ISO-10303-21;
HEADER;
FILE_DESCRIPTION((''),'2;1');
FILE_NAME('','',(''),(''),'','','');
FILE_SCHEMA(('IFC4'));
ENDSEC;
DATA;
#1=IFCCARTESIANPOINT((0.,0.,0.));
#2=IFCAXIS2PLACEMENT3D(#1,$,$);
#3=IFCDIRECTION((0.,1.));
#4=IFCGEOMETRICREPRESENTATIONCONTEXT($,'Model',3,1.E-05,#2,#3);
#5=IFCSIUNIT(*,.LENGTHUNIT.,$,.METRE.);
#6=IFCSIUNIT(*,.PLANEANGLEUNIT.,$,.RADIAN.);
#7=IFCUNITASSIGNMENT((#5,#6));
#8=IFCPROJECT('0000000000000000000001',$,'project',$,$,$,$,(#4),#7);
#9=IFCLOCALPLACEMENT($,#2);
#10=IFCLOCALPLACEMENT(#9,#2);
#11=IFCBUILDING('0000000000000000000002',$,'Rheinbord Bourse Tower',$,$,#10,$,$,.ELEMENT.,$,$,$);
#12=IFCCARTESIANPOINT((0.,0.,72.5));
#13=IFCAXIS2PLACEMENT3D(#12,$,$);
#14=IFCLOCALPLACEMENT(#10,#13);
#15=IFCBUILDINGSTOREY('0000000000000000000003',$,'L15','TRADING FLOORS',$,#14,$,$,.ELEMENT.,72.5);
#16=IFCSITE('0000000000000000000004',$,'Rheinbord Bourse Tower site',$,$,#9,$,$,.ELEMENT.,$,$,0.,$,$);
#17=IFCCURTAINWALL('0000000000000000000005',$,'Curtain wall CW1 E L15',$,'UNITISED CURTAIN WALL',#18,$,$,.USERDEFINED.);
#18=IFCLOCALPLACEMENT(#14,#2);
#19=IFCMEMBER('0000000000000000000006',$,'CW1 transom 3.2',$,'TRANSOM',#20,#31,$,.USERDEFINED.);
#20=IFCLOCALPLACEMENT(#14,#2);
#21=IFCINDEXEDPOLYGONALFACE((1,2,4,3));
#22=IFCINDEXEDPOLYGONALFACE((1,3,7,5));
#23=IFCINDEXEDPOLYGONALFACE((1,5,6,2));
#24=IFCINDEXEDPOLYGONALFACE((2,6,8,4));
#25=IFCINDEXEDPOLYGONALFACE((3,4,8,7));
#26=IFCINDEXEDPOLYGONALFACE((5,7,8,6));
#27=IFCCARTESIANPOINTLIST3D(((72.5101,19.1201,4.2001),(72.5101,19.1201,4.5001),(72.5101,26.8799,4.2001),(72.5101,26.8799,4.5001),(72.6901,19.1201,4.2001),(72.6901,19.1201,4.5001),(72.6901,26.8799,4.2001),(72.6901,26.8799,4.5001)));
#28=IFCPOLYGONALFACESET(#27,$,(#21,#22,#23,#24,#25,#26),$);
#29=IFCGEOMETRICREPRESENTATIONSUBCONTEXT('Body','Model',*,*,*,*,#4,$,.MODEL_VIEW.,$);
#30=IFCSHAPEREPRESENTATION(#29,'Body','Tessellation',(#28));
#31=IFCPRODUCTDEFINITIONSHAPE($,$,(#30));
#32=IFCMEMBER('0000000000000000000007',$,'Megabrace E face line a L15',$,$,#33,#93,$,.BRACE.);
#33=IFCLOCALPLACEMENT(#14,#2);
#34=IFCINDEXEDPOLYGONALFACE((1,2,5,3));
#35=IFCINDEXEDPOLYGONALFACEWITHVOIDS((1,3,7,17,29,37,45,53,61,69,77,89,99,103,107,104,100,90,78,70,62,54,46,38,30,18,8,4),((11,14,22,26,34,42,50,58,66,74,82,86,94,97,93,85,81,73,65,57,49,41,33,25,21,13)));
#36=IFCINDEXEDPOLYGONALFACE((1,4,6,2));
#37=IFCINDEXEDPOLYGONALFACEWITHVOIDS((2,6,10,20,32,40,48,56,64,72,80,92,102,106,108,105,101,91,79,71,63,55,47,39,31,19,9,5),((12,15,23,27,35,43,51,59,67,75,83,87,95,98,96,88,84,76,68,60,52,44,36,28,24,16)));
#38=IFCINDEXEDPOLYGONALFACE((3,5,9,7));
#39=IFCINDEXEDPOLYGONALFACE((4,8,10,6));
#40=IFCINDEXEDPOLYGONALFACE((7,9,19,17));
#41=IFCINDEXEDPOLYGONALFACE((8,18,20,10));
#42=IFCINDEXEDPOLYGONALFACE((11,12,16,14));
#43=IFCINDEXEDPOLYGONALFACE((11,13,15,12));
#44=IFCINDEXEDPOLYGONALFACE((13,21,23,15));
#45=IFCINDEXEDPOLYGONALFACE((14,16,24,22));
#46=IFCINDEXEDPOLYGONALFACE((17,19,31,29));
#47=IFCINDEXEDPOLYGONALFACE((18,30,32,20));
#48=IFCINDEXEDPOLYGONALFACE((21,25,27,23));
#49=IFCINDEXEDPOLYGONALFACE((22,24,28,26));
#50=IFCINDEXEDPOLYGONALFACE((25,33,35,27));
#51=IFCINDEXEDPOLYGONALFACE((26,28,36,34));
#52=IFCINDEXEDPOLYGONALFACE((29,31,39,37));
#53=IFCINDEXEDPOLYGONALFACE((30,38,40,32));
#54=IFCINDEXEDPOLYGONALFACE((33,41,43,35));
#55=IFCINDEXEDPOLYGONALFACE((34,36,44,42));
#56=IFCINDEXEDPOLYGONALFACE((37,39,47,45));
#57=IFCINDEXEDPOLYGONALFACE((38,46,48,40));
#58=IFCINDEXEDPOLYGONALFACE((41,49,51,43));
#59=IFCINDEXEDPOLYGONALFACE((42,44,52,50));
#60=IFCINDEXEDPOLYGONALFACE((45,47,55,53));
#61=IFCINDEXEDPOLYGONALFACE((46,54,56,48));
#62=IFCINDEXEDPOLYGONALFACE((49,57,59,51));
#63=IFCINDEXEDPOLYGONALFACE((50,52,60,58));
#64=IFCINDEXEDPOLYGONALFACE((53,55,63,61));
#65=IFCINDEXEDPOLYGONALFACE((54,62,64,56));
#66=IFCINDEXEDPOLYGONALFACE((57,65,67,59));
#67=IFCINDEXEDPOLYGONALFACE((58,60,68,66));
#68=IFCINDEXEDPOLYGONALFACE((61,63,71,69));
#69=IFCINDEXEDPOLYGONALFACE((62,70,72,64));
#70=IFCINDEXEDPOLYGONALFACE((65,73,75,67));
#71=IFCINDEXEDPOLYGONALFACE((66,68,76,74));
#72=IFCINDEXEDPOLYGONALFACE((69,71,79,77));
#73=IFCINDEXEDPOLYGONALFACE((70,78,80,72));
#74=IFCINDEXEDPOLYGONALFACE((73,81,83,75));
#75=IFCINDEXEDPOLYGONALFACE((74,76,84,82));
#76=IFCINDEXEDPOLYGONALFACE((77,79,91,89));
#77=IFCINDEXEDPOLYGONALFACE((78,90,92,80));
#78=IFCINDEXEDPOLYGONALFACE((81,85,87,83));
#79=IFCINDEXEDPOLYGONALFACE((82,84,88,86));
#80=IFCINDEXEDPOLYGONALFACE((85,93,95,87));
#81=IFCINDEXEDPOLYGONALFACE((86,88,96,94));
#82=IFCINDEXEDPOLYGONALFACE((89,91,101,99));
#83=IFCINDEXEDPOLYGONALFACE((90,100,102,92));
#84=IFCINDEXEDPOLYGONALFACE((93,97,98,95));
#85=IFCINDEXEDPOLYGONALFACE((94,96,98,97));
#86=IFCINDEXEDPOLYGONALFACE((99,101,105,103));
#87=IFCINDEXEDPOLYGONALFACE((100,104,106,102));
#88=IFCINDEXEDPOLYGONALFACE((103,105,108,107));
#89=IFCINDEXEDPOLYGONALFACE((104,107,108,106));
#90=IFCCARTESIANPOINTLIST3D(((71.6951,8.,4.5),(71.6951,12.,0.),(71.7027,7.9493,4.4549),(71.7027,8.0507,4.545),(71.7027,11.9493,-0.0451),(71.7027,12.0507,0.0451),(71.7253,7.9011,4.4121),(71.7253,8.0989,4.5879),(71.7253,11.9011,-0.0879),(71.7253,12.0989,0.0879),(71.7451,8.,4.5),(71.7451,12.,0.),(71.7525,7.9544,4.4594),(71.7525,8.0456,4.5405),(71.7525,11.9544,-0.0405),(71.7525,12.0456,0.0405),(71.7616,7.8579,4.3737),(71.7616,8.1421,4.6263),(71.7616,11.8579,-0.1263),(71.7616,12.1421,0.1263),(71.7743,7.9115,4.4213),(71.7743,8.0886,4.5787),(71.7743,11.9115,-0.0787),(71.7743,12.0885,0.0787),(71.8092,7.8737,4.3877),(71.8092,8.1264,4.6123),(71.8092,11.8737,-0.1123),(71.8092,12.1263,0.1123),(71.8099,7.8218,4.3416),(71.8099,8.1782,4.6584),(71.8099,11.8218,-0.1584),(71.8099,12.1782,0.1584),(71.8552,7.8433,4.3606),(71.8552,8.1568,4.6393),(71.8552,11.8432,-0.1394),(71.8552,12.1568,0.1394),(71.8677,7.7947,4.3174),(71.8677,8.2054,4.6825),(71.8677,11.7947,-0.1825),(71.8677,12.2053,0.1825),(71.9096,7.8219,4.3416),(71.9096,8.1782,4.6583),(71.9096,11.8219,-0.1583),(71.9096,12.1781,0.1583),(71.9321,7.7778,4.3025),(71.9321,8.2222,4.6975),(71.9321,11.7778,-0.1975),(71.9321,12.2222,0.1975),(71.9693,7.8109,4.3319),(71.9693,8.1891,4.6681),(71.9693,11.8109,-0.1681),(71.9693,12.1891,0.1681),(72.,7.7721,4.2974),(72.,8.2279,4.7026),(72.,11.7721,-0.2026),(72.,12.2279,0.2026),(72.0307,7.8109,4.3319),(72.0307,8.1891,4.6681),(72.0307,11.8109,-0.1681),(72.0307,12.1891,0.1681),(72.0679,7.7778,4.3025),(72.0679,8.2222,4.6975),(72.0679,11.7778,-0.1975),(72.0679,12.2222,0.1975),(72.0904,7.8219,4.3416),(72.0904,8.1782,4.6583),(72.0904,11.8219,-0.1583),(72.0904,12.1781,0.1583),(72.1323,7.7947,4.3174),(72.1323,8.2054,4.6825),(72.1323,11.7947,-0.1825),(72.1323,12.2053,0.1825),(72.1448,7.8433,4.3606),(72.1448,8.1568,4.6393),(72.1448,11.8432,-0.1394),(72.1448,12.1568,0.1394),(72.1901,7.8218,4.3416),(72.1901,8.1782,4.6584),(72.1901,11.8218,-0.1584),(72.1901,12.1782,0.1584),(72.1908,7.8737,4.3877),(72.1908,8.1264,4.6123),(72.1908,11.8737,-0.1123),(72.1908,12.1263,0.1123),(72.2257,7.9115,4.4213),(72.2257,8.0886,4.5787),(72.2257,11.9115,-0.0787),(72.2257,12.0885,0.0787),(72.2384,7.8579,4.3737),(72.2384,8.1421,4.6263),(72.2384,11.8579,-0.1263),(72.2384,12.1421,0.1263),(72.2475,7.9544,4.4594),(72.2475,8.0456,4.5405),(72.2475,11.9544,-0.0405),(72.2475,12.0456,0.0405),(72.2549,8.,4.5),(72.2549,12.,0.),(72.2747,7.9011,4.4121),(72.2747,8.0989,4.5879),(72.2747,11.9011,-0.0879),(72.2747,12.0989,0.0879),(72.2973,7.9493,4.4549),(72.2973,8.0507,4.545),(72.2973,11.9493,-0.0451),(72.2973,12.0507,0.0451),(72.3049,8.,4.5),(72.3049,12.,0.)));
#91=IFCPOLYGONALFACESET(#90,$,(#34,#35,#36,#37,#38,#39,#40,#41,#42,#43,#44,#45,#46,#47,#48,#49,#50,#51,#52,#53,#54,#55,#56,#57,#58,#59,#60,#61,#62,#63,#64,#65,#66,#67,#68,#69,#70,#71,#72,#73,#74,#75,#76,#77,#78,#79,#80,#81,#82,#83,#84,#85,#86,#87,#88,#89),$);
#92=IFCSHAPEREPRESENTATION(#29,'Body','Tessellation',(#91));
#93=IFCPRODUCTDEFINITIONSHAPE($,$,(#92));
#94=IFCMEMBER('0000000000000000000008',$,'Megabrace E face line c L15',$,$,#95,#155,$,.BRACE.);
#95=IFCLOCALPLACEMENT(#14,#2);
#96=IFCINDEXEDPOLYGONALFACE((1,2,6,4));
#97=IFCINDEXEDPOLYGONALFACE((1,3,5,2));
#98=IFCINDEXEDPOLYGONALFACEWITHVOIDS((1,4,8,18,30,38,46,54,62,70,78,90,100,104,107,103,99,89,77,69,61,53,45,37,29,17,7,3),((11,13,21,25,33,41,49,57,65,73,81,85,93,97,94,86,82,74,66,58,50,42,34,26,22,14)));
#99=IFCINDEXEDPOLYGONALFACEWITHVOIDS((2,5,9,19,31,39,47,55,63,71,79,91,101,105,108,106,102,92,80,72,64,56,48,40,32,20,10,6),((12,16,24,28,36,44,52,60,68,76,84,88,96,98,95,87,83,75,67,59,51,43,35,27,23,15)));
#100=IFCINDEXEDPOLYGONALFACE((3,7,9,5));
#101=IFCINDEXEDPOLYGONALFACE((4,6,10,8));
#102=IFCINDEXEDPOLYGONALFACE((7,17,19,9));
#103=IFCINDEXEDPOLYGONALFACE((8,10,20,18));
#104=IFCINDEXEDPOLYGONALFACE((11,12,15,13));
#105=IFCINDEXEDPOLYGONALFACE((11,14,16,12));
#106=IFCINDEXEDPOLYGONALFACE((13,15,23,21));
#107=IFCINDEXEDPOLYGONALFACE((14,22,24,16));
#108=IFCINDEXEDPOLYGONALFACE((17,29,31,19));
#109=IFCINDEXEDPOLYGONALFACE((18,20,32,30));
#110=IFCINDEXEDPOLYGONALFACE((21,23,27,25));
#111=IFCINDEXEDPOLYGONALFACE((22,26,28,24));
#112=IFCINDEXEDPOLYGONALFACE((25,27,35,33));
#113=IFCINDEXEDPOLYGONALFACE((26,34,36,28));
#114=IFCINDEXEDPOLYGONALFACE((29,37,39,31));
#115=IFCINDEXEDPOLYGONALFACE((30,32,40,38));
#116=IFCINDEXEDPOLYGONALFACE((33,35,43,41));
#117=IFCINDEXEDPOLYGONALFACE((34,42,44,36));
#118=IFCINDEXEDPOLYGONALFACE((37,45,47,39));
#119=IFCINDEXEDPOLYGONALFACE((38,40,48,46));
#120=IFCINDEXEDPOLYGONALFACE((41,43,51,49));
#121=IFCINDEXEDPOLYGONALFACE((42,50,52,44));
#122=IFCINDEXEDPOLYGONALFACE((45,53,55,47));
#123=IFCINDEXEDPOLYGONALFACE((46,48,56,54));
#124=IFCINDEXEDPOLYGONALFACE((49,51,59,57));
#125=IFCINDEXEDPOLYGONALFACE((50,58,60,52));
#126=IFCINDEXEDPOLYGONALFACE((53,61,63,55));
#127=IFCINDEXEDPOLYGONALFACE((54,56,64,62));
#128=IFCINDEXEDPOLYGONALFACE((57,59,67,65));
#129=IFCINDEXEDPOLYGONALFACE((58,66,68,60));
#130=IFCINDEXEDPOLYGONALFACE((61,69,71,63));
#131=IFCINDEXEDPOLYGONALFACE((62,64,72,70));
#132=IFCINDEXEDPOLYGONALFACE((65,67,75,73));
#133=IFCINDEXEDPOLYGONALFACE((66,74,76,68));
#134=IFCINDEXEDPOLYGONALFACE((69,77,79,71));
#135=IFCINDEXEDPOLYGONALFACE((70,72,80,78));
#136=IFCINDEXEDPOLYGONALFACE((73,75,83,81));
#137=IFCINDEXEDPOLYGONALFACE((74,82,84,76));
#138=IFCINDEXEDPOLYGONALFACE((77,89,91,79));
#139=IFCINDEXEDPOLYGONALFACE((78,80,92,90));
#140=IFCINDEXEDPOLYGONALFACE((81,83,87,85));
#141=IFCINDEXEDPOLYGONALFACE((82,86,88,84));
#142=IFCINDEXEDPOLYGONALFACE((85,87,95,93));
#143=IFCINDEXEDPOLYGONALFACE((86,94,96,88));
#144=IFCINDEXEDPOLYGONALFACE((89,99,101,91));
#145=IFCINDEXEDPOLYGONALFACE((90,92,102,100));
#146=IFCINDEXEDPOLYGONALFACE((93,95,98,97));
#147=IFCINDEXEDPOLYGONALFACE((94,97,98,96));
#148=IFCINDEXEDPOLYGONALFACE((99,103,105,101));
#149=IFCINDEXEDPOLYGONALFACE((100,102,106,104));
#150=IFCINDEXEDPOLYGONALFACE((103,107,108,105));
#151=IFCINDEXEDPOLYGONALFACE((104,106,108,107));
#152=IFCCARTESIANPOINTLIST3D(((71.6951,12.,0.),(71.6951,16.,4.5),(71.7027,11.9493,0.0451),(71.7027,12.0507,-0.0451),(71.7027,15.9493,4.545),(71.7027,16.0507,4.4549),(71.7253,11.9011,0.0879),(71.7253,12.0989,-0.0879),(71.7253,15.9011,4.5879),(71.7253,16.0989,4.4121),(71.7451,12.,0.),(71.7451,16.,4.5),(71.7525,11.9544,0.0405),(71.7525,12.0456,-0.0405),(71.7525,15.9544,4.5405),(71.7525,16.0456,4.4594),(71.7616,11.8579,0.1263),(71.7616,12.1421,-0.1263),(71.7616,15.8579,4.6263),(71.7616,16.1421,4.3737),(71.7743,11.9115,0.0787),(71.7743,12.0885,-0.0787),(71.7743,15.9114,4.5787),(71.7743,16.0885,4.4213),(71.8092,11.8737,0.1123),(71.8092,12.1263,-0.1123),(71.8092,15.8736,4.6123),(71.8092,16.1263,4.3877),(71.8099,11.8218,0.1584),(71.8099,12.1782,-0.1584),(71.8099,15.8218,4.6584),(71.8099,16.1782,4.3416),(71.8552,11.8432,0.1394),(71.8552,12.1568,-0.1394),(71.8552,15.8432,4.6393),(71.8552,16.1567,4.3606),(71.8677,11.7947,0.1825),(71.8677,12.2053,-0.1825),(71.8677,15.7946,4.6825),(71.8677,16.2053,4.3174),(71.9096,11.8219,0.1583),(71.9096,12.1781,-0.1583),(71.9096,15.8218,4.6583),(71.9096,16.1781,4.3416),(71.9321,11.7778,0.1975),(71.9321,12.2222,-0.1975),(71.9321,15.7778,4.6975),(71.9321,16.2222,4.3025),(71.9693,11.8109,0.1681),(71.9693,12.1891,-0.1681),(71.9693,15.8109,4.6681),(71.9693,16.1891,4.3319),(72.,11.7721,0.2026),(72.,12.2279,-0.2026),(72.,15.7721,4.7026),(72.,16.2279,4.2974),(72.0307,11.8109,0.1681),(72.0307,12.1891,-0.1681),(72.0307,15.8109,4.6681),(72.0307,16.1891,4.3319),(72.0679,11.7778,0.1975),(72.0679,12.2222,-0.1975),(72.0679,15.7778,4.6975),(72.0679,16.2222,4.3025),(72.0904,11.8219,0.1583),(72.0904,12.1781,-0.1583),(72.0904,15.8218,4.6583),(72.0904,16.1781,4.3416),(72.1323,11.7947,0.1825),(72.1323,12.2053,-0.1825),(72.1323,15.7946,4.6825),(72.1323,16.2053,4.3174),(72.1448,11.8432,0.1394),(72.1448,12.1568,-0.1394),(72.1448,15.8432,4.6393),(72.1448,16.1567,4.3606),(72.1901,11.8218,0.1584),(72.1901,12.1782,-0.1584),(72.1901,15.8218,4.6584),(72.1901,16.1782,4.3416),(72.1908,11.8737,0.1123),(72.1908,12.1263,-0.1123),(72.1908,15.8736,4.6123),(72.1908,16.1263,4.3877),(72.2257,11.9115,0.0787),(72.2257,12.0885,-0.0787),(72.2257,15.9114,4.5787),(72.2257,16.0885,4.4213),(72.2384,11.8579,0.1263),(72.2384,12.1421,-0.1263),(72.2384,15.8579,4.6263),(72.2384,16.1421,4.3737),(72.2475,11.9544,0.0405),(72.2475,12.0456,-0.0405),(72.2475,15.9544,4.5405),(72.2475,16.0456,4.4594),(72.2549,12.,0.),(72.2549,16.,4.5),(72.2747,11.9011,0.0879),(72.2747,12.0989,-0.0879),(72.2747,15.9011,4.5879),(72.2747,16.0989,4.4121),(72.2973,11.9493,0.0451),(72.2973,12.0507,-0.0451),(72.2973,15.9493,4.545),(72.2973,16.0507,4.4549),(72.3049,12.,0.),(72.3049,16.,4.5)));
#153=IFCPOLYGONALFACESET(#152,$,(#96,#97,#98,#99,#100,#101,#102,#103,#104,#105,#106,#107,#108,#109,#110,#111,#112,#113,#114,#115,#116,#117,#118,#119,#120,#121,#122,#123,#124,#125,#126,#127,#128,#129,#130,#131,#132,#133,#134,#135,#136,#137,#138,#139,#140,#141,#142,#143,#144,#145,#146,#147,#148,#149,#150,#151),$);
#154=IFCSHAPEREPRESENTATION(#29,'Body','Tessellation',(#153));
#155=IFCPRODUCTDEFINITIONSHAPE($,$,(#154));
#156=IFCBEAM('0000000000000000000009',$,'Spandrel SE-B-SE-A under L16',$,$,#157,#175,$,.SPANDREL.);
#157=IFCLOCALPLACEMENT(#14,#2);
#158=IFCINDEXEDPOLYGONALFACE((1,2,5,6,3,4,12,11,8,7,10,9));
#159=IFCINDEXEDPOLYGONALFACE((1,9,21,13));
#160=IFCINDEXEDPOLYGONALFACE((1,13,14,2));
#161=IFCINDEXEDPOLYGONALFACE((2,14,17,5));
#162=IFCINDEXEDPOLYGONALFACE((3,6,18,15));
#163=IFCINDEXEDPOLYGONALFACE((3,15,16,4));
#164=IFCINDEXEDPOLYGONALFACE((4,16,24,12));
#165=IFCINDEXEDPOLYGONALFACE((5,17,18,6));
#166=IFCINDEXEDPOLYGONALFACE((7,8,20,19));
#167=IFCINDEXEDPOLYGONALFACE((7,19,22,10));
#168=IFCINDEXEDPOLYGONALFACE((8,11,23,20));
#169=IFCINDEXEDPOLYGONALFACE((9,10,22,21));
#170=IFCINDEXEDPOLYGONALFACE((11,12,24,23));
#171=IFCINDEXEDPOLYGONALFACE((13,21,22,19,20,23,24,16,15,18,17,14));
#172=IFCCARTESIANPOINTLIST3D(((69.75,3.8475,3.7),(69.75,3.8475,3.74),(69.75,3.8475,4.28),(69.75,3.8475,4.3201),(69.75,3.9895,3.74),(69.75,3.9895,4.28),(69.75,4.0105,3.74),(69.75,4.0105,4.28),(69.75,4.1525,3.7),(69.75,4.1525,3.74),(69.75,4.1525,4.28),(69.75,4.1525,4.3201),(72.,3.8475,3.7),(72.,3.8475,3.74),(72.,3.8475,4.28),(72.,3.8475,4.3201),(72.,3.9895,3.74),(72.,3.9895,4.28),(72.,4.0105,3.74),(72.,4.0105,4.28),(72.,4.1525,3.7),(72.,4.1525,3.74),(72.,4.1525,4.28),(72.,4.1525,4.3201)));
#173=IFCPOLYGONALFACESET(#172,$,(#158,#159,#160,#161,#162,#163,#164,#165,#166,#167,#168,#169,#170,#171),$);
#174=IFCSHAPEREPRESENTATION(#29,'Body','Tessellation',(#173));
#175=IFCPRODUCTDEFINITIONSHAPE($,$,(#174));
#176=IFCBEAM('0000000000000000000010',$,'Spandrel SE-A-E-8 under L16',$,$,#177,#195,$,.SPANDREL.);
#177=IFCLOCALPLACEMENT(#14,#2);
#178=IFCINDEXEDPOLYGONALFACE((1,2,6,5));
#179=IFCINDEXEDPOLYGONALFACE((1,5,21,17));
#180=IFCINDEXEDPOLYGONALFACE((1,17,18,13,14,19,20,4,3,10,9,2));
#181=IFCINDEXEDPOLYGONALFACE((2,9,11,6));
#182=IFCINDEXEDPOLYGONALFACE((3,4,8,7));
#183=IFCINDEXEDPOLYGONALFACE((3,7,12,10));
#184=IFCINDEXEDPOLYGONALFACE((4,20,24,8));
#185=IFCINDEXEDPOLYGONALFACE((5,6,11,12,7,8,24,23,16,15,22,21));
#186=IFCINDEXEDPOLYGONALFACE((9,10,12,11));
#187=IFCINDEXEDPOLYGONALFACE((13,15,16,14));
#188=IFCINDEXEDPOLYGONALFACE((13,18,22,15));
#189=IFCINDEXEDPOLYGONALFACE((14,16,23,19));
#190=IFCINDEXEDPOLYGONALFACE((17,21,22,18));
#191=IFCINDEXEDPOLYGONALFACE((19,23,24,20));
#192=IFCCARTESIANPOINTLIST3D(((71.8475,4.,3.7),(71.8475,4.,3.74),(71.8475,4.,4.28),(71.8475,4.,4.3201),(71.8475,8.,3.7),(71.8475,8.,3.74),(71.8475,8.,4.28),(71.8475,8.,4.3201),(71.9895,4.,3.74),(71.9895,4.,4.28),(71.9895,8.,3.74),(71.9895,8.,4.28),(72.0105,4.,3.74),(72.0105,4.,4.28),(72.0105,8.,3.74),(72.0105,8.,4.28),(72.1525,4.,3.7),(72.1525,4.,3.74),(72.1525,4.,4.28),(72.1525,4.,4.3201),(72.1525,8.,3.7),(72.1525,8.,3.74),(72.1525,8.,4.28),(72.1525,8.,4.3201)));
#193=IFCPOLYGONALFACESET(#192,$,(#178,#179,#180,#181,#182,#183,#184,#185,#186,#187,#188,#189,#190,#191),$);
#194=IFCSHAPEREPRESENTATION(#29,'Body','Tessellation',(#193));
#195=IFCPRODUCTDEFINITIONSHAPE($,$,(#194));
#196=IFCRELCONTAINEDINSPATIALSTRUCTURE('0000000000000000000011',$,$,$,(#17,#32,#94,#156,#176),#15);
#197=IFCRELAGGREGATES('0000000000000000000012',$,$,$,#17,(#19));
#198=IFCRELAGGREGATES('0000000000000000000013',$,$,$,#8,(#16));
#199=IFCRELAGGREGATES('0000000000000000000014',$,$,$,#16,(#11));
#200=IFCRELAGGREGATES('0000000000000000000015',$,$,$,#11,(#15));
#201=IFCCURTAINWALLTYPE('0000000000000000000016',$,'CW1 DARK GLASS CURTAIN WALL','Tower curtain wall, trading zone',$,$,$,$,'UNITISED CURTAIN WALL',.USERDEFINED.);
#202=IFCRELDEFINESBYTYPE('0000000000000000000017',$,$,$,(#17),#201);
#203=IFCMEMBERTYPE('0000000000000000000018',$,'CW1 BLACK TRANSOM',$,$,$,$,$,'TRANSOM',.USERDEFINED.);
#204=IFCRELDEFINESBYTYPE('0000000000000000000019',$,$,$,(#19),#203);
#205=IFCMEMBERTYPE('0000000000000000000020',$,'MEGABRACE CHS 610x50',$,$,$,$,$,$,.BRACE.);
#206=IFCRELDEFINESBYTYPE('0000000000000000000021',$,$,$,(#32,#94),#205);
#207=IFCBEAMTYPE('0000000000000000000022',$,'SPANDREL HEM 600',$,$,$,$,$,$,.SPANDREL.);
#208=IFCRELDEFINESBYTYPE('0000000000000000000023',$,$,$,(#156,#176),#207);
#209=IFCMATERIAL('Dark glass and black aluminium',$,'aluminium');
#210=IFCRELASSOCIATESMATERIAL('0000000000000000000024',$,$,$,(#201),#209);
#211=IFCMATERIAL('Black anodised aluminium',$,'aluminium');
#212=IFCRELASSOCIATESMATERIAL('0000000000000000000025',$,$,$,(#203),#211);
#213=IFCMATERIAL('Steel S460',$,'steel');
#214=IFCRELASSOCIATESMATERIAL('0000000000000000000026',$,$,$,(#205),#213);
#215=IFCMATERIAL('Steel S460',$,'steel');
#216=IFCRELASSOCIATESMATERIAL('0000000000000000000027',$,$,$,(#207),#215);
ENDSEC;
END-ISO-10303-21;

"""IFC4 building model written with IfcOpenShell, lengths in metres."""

from ifc_helpers import new_model, si_unit, direction, frame, origin, origin_2d, place, context, subcontext, project, spatial, rectangle, hollow_circle, i_section, extrude, material, material_profile, profile_set, type_object, element, aggregate, save


model = new_model("IFC4")

# Units and contexts
model_context = context("Model", 3, precision=1e-05, world=origin(), true_north=direction((0.0, 1.0)))
body_context = subcontext(model_context, "Body", "Model", "MODEL_VIEW")
ifc_project = project(units=[si_unit("LENGTHUNIT", "METRE"), si_unit("PLANEANGLEUNIT", "RADIAN")], contexts=[model_context])

# Site, building, storey
site_placement = place(None, origin())
site = spatial("IfcSite", under=ifc_project, at=site_placement, Name="Rheinbord Bourse Tower site", CompositionType="ELEMENT", RefElevation=0.0)
building_placement = place(site_placement, origin())
building = spatial("IfcBuilding", under=site, at=building_placement, Name="Rheinbord Bourse Tower", CompositionType="ELEMENT")
storey_placement = place(building_placement, frame((0.0, 0.0, 72.5)))
storey = spatial("IfcBuildingStorey", under=building, at=storey_placement, Name="L15", Description="TRADING FLOORS", CompositionType="ELEMENT", Elevation=72.5)

# Curtain wall, member
ifc_material_1 = material(Name="Dark glass and black aluminium", Category="aluminium")
curtain_wall_type = type_object("IfcCurtainWallType", Name="CW1 DARK GLASS CURTAIN WALL", Description="Tower curtain wall, trading zone", ElementType="UNITISED CURTAIN WALL", PredefinedType="USERDEFINED", material=ifc_material_1)
curtain_wall_placement = place(storey_placement, origin())
curtain_wall = element("IfcCurtainWall", 1, at=curtain_wall_placement, inside=storey, type_object=curtain_wall_type, Name="Curtain wall CW1 E L15", ObjectType="UNITISED CURTAIN WALL", PredefinedType="USERDEFINED")
ifc_material_2 = material(Name="Black anodised aluminium", Category="aluminium")
ifc_material_profile_1 = material_profile(ifc_material_2, rectangle(XDim=0.1799, YDim=0.3, at=origin_2d()), Name="CW1 TRANSOM 300x180")
ifc_profile_set_1 = profile_set([ifc_material_profile_1], Name="Black anodised aluminium")
member_type_1 = type_object("IfcMemberType", Name="CW1 BLACK TRANSOM", ElementType="TRANSOM", PredefinedType="USERDEFINED", material=ifc_profile_set_1)
member_1_placement = place(storey_placement, frame((72.6001, 19.1201, 4.3501), z_axis=(0.0, 1.0, 0.0), x_axis=(-1.0, 0.0, 0.0)))
member_1 = element("IfcMember", 2, at=member_1_placement, type_object=member_type_1, Name="CW1 transom 3.2", ObjectType="TRANSOM", PredefinedType="USERDEFINED", context=body_context, shape_type="SweptSolid", body=[
    extrude(rectangle(XDim=0.1799, YDim=0.3, at=origin_2d()), origin(), (0.0, 0.0, 1.0), 7.7598),
])

# Members
ifc_material_3 = material(Name="Steel S460", Category="steel")
ifc_material_profile_2 = material_profile(ifc_material_3, hollow_circle(Radius=0.3049, WallThickness=0.05, at=origin_2d()), Name="CHS 610x50")
ifc_profile_set_2 = profile_set([ifc_material_profile_2], Name="Steel S460")
member_type_2 = type_object("IfcMemberType", Name="MEGABRACE CHS 610x50", PredefinedType="BRACE", material=ifc_profile_set_2)
for number, where, z_axis, x_axis, name in (
    (3, (72.0, 12.0, 0.0), (0.0, -0.664364, 0.747409), (1.0, 0.0, 0.0), "Megabrace E face line a L15"),
    (4, (72.0, 12.0, 0.0), (0.0, 0.664364, 0.747409), (-1.0, 0.0, 0.0), "Megabrace E face line c L15"),
):
    element("IfcMember", number, at=place(storey_placement, frame(where, z_axis=z_axis, x_axis=x_axis)), inside=storey, type_object=member_type_2, Name=name, PredefinedType="BRACE", context=body_context, shape_type="SweptSolid", body=[
        extrude(hollow_circle(Radius=0.3049, WallThickness=0.05, at=origin_2d()), origin(), (0.0, 0.0, 1.0), 6.0208),
    ])

# Beams
ifc_material_4 = material(Name="Steel S460", Category="steel")
ifc_material_profile_3 = material_profile(ifc_material_4, i_section(OverallWidth=0.3049, OverallDepth=0.6201, WebThickness=0.021, FlangeThickness=0.04, at=origin_2d()), Name="HEM 600")
ifc_profile_set_3 = profile_set([ifc_material_profile_3], Name="Steel S460")
beam_type_1 = type_object("IfcBeamType", Name="SPANDREL HEM 600", PredefinedType="SPANDREL", material=ifc_profile_set_3)
beam_placement = place(storey_placement, frame((69.75, 4.0, 4.01), z_axis=(1.0, 0.0, 0.0), x_axis=(0.0, 1.0, 0.0)))
element("IfcBeam", 5, at=beam_placement, inside=storey, type_object=beam_type_1, Name="Spandrel SE-B-SE-A under L16", PredefinedType="SPANDREL", context=body_context, shape_type="SweptSolid", body=[
    extrude(i_section(OverallWidth=0.3049, OverallDepth=0.6201, WebThickness=0.021, FlangeThickness=0.04, at=origin_2d()), origin(), (0.0, 0.0, 1.0), 2.25),
])
for number, where, z_axis, x_axis, name in (
    (6, (72.0, 4.0, 4.01), (0.0, 1.0, 0.0), (-1.0, 0.0, 0.0), "Spandrel SE-A-E-8 under L16"),
):
    element("IfcBeam", number, at=place(storey_placement, frame(where, z_axis=z_axis, x_axis=x_axis)), inside=storey, type_object=beam_type_1, Name=name, PredefinedType="SPANDREL", context=body_context, shape_type="SweptSolid", body=[
        extrude(i_section(OverallWidth=0.3049, OverallDepth=0.6201, WebThickness=0.021, FlangeThickness=0.04, at=origin_2d()), origin(), (0.0, 0.0, 1.0), 4.0),
    ])

aggregate(curtain_wall, [member_1])

save(model, "model.ifc")
